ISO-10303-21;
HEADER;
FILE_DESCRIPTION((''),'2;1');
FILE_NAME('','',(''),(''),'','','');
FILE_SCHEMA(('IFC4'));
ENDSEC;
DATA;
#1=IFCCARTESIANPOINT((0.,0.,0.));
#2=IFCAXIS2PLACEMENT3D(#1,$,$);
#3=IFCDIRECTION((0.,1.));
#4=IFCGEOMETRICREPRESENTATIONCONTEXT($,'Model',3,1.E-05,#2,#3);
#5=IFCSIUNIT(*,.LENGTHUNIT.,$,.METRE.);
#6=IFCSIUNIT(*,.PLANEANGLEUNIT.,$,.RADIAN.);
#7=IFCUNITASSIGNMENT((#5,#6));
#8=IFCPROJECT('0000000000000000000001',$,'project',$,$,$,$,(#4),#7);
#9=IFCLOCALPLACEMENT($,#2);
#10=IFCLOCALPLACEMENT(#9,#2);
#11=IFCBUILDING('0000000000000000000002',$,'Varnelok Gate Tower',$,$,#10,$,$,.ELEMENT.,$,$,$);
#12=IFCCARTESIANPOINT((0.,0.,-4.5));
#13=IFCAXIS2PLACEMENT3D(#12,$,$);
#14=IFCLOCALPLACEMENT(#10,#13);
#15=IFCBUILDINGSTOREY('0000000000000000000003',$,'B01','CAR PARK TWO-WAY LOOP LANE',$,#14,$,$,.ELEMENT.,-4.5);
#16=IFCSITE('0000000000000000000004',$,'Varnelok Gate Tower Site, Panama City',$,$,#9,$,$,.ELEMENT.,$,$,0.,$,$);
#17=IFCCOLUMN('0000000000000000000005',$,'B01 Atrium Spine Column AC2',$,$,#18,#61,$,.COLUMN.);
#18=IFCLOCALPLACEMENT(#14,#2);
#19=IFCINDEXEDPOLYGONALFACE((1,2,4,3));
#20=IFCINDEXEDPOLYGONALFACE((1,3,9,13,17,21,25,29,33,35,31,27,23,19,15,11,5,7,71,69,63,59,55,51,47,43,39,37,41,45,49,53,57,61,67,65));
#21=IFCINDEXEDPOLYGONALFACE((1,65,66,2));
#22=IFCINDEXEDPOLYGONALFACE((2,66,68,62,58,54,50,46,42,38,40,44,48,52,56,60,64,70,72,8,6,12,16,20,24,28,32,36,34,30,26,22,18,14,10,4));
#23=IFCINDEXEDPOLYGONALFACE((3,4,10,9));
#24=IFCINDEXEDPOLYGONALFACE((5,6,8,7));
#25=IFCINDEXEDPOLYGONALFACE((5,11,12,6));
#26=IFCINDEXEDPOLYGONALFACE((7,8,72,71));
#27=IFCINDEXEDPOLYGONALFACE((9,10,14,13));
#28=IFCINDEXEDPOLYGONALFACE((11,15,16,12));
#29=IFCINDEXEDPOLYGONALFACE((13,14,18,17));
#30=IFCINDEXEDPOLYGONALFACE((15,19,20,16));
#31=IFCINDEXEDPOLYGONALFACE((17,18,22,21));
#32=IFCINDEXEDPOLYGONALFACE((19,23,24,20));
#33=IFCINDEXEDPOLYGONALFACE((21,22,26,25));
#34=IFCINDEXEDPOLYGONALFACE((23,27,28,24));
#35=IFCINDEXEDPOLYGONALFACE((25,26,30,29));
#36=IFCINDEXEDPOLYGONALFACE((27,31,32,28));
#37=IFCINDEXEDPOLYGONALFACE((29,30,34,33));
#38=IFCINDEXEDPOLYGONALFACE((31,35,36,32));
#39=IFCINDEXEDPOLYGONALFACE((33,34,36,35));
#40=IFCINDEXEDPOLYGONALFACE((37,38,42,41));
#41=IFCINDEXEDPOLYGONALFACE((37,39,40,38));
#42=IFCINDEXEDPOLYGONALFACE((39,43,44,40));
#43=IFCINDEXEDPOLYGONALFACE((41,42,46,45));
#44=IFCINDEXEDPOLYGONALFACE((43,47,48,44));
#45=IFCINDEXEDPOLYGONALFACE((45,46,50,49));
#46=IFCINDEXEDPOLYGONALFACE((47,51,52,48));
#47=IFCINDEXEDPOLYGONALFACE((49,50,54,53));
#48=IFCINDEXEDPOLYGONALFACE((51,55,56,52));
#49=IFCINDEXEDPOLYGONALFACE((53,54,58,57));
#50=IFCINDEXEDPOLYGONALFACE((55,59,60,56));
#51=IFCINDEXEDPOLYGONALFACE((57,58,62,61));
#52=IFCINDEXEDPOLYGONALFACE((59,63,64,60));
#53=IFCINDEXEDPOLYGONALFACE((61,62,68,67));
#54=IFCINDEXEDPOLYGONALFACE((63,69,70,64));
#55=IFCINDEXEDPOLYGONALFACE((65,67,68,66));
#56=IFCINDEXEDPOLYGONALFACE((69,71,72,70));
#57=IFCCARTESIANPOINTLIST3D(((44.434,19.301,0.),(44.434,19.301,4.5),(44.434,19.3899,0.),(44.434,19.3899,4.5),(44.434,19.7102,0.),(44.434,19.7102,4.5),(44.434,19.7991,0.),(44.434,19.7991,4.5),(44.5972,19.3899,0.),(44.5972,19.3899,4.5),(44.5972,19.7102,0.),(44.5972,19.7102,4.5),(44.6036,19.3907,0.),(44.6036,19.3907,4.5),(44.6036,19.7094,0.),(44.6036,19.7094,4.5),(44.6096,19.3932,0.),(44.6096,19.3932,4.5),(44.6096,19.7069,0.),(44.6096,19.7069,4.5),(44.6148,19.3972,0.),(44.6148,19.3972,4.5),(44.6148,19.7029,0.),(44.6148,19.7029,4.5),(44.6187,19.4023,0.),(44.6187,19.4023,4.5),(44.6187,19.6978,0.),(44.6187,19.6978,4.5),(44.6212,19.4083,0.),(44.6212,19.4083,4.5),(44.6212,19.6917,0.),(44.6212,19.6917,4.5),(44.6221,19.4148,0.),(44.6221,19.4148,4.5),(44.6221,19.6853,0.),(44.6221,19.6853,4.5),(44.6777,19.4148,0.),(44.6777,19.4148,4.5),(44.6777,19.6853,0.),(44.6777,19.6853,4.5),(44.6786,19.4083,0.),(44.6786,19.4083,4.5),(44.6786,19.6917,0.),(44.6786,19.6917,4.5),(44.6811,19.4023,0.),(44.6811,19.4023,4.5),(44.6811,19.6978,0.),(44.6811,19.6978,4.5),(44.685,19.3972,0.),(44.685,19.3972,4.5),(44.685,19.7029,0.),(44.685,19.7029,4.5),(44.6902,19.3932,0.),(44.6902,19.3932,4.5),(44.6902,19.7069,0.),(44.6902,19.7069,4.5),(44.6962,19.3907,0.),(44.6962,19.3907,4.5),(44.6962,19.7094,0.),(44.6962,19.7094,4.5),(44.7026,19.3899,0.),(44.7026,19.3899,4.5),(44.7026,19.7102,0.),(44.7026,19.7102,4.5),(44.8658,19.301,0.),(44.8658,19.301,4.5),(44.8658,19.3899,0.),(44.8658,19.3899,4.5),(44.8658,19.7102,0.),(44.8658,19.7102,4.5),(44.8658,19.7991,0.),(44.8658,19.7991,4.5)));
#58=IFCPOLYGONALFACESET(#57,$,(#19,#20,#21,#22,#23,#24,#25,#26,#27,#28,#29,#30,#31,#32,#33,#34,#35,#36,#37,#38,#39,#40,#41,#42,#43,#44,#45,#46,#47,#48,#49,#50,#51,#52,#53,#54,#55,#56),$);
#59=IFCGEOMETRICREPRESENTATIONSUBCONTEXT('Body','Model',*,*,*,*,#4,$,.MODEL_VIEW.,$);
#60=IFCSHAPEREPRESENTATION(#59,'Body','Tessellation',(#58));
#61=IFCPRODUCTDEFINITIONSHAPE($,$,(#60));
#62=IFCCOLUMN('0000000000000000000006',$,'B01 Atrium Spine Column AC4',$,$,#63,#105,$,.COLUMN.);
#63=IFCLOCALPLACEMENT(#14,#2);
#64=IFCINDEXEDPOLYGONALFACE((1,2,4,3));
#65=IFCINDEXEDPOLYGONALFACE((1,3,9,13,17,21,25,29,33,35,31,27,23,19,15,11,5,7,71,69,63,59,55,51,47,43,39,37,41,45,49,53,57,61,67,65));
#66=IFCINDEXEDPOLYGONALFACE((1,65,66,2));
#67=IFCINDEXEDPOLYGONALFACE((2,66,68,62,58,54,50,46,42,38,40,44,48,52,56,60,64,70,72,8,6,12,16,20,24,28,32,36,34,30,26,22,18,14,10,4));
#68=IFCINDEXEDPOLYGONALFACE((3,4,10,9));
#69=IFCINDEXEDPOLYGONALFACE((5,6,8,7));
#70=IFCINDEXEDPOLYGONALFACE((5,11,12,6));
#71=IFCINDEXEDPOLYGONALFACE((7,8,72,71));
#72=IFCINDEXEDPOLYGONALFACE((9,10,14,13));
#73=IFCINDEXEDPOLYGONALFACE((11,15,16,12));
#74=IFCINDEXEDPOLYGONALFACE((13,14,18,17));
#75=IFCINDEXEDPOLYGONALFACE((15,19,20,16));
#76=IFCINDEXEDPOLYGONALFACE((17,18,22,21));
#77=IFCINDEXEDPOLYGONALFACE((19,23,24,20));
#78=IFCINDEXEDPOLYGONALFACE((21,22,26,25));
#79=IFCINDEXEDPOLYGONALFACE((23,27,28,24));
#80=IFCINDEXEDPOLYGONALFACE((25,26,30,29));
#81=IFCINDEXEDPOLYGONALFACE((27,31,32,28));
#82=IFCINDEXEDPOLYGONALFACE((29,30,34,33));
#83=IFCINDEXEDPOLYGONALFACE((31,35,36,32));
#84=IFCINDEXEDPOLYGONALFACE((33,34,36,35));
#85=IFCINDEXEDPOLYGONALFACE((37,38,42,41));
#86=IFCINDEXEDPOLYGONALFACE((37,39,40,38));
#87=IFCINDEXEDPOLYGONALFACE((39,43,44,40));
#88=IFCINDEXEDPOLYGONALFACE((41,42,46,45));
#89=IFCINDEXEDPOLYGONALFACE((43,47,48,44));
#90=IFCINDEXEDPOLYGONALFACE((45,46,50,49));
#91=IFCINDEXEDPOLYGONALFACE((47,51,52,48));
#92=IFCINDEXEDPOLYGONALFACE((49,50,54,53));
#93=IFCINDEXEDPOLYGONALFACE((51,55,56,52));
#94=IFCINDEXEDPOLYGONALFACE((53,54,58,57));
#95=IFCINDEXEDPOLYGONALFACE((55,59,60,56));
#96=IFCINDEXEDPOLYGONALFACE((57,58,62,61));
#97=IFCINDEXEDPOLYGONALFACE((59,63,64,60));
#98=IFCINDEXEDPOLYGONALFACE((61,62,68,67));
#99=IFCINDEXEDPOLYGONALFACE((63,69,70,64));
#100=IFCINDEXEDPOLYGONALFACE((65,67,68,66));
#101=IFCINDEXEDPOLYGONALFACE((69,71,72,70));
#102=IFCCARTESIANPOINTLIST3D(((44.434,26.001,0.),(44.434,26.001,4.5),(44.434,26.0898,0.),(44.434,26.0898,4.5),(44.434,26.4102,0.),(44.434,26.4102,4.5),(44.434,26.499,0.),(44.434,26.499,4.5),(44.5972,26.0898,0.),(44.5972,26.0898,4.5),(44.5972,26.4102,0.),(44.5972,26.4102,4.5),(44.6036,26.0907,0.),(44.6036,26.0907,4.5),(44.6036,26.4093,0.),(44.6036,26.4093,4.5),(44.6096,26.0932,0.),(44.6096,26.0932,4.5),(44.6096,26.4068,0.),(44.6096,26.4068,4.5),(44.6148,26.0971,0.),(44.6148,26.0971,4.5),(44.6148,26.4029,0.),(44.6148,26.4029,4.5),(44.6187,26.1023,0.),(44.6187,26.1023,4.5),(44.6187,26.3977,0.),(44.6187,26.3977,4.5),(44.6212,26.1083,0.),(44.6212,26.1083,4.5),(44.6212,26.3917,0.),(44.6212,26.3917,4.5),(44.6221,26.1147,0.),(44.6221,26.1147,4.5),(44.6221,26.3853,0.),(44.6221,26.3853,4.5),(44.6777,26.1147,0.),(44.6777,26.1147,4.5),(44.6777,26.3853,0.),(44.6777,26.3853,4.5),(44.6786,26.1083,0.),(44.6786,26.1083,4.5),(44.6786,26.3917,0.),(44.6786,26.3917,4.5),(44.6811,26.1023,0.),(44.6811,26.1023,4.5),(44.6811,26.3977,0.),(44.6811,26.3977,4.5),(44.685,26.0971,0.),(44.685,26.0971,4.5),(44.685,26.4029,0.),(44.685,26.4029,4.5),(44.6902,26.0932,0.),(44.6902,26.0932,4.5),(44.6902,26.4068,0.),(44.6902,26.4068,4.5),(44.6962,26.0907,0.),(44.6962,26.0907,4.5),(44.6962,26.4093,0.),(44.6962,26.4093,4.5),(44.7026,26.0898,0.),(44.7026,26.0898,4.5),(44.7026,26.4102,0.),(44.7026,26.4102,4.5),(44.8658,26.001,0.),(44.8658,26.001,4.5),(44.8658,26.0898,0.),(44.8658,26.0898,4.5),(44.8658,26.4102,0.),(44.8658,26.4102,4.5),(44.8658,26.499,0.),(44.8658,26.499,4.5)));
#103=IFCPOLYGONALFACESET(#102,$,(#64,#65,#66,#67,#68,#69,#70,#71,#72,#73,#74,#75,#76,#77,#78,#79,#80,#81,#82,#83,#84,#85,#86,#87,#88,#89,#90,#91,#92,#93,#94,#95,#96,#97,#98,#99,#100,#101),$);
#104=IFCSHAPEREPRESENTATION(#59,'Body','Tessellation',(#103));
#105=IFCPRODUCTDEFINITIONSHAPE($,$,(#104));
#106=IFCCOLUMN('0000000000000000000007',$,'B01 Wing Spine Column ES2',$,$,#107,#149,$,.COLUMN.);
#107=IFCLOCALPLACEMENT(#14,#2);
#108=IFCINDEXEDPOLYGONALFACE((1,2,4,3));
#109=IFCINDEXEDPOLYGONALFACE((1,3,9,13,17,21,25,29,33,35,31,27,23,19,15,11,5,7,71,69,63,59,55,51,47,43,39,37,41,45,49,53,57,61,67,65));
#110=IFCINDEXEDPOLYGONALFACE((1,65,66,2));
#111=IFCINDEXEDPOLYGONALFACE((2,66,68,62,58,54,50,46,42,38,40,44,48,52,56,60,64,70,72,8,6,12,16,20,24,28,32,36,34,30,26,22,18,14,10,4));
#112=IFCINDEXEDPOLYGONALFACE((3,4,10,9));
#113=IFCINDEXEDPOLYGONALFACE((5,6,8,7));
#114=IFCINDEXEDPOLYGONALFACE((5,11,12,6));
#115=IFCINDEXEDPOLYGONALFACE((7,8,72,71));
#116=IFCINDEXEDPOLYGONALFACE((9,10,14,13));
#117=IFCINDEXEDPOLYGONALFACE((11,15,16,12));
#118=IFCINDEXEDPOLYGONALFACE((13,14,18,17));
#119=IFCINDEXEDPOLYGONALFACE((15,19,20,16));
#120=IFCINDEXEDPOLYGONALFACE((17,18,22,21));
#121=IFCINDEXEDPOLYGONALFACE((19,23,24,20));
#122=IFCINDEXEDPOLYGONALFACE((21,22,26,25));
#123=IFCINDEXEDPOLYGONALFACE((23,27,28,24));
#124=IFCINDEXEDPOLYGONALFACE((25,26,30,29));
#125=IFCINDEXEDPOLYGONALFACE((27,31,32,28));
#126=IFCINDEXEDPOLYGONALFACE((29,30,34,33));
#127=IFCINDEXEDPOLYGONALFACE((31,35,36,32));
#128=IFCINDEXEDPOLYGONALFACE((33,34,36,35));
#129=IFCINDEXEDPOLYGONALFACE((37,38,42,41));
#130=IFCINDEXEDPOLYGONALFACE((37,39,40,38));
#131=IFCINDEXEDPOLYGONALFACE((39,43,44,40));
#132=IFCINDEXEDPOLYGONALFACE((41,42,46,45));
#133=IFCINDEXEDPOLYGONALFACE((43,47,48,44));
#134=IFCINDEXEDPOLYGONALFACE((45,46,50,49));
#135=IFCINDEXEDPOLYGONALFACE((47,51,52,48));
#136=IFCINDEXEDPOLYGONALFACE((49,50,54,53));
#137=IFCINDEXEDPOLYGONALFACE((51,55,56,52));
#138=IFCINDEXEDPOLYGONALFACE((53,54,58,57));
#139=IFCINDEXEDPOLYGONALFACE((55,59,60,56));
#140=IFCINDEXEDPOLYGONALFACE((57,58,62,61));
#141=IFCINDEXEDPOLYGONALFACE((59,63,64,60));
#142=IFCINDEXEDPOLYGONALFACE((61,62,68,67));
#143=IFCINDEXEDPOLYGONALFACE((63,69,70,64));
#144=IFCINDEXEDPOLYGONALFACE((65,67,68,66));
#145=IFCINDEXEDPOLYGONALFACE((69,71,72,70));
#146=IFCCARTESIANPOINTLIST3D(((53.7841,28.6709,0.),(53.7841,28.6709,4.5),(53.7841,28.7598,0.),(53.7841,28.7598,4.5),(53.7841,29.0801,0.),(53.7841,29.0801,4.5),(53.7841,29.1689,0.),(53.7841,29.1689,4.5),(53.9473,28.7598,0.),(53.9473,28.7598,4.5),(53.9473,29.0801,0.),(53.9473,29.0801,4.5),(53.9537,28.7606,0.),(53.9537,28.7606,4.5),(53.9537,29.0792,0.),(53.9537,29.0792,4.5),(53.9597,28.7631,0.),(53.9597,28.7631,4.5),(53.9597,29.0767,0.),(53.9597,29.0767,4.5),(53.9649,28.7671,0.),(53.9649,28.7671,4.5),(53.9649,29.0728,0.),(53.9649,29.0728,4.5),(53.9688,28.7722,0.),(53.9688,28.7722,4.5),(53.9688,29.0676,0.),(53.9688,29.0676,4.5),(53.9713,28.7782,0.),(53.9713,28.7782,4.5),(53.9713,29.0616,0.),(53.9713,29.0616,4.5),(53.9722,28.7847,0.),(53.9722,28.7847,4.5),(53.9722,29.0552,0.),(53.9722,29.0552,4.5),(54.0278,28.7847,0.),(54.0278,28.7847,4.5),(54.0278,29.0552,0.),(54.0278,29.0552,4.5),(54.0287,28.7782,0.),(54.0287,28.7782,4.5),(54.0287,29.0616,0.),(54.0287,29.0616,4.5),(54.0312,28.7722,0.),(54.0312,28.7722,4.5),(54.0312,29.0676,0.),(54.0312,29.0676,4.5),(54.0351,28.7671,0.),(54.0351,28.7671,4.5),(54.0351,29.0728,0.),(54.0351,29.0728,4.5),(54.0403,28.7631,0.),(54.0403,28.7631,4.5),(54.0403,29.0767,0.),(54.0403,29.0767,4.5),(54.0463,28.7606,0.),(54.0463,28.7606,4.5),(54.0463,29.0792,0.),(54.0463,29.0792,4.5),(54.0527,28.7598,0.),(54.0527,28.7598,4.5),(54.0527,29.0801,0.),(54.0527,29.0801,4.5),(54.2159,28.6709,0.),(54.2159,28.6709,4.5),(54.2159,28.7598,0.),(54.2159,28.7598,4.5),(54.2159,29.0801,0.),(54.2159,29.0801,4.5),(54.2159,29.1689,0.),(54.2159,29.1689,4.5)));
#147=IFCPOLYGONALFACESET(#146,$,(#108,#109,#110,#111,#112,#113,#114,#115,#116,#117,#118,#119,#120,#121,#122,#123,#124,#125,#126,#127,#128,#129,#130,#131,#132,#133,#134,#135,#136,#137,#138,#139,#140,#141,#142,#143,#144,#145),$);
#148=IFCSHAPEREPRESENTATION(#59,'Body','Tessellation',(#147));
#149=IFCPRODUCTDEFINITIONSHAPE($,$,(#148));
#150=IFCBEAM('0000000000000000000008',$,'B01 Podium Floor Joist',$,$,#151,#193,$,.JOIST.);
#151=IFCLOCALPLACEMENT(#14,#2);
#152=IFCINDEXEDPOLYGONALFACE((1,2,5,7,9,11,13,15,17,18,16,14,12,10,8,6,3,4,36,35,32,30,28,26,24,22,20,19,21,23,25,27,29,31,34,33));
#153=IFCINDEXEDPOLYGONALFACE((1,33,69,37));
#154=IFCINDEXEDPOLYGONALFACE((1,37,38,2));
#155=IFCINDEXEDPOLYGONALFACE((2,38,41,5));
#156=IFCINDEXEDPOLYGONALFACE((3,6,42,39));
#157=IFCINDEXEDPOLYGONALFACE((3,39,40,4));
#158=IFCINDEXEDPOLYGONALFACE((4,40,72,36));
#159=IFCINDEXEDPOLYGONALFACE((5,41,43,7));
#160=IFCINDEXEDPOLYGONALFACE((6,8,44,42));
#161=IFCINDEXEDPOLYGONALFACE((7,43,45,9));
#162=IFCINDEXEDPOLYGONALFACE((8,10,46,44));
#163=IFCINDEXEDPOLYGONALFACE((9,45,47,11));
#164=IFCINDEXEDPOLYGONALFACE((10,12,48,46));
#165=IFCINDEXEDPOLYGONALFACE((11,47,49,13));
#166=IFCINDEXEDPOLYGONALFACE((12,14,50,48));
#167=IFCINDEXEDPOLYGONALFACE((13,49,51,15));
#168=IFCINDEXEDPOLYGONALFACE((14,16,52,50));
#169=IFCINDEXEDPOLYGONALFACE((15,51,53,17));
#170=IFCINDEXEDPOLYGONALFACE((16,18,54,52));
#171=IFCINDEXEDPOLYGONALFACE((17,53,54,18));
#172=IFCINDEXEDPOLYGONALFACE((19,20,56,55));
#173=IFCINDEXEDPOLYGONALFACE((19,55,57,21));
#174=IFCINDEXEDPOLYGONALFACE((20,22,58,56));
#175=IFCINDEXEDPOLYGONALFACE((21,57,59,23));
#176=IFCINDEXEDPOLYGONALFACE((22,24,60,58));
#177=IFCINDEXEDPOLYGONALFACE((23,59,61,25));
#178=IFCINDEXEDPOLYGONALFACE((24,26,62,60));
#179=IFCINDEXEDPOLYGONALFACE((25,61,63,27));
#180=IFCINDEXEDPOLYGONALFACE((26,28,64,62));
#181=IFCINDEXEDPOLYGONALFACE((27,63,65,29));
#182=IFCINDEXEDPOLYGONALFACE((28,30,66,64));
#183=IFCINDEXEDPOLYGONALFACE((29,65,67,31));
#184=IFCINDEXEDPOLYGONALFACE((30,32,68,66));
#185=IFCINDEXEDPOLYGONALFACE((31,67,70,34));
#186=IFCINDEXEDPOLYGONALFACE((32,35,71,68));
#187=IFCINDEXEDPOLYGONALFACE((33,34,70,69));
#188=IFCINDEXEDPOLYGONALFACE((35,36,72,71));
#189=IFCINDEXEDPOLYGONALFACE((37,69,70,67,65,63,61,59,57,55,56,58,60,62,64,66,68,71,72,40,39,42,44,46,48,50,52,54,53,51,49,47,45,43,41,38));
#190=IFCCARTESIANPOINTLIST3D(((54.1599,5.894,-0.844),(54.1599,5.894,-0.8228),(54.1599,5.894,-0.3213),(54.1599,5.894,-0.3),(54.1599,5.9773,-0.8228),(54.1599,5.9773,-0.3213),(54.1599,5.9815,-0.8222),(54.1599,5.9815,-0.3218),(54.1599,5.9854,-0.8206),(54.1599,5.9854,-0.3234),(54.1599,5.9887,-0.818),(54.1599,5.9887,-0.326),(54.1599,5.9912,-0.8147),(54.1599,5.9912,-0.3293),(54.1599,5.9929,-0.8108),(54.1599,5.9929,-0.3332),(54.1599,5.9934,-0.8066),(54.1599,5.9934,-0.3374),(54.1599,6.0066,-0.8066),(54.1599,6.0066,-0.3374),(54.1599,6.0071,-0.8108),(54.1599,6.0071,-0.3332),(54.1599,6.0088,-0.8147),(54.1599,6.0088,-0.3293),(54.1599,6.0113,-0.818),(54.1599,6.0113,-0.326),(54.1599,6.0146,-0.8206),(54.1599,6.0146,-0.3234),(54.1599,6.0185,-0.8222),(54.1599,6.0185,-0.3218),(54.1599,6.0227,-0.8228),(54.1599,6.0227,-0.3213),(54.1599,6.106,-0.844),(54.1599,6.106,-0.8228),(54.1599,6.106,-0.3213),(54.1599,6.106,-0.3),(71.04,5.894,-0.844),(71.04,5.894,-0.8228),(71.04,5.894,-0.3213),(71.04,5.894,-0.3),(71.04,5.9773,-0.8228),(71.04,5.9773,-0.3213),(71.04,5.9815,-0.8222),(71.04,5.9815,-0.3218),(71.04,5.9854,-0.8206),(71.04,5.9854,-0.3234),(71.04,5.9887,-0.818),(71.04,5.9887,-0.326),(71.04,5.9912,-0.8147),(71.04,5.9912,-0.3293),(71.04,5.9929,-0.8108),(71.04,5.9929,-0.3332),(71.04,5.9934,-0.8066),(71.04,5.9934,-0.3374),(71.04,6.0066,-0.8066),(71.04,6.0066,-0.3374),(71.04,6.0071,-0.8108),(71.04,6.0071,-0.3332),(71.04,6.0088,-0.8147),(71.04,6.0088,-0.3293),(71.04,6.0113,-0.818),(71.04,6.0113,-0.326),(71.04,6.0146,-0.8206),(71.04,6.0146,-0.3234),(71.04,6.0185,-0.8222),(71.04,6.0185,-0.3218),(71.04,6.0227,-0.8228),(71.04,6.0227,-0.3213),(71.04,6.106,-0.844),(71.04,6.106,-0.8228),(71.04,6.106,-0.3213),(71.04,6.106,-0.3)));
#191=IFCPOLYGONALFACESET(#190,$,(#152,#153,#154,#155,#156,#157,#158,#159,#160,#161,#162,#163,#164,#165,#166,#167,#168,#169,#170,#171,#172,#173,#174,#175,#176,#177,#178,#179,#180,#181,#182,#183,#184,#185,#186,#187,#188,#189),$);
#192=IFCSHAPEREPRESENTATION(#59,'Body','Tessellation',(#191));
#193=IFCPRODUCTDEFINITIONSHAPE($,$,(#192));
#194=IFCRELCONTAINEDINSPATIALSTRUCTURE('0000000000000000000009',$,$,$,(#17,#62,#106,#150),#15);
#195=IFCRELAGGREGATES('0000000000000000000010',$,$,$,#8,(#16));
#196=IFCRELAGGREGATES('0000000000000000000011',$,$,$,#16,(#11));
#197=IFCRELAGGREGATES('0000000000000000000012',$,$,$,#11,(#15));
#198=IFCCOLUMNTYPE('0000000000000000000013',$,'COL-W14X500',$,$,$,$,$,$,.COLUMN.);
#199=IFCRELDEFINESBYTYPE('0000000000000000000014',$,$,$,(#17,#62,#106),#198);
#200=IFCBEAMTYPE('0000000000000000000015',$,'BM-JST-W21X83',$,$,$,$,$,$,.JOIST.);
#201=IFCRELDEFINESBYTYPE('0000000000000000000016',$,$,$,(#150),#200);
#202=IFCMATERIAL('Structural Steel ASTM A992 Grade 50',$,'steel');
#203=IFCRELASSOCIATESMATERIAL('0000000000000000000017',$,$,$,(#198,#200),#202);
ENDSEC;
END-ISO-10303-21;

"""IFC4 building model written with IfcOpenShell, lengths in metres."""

from ifc_helpers import new_model, si_unit, direction, frame, origin, origin_2d, place, context, subcontext, project, spatial, i_section, extrude, material, material_profile, profile_set, type_object, element, save


model = new_model("IFC4")

# Units and contexts
model_context = context("Model", 3, precision=1e-05, world=origin(), true_north=direction((0.0, 1.0)))
body_context = subcontext(model_context, "Body", "Model", "MODEL_VIEW")
ifc_project = project(units=[si_unit("LENGTHUNIT", "METRE"), si_unit("PLANEANGLEUNIT", "RADIAN")], contexts=[model_context])

# Site, building, storey
site_placement = place(None, origin())
site = spatial("IfcSite", under=ifc_project, at=site_placement, Name="Varnelok Gate Tower Site, Panama City", CompositionType="ELEMENT", RefElevation=0.0)
building_placement = place(site_placement, origin())
building = spatial("IfcBuilding", under=site, at=building_placement, Name="Varnelok Gate Tower", CompositionType="ELEMENT")
storey_placement = place(building_placement, frame((0.0, 0.0, -4.5)))
storey = spatial("IfcBuildingStorey", under=building, at=storey_placement, Name="B01", Description="CAR PARK TWO-WAY LOOP LANE", CompositionType="ELEMENT", Elevation=-4.5)

# Columns
ifc_material_1 = material(Name="Structural Steel ASTM A992 Grade 50", Category="steel")
ifc_material_profile_1 = material_profile(ifc_material_1, i_section(OverallWidth=0.4319, OverallDepth=0.498, WebThickness=0.0557, FlangeThickness=0.0889, FilletRadius=0.0249, at=origin_2d()), Name="W14X500")
ifc_profile_set_1 = profile_set([ifc_material_profile_1], Name="Structural Steel ASTM A992 Grade 50")
column_type_1 = type_object("IfcColumnType", Name="COL-W14X500", PredefinedType="COLUMN", material=ifc_profile_set_1)
for number, where, z_axis, x_axis, name in (
    (1, (44.6499, 19.55, 0.0), (0.0, 0.0, 1.0), (1.0, 0.0, 0.0), "B01 Atrium Spine Column AC2"),
    (2, (44.6499, 26.25, 0.0), (0.0, 0.0, 1.0), (1.0, 0.0, 0.0), "B01 Atrium Spine Column AC4"),
    (3, (54.0, 28.9199, 0.0), (0.0, 0.0, 1.0), (1.0, 0.0, 0.0), "B01 Wing Spine Column ES2"),
):
    element("IfcColumn", number, at=place(storey_placement, frame(where, z_axis=z_axis, x_axis=x_axis)), inside=storey, type_object=column_type_1, Name=name, PredefinedType="COLUMN", context=body_context, shape_type="SweptSolid", body=[
        extrude(i_section(OverallWidth=0.4319, OverallDepth=0.498, WebThickness=0.0557, FlangeThickness=0.0889, FilletRadius=0.0249, at=origin_2d()), origin(), (0.0, 0.0, 1.0), 4.5),
    ])

# Beam
ifc_material_profile_2 = material_profile(ifc_material_1, i_section(OverallWidth=0.2119, OverallDepth=0.5439, WebThickness=0.0132, FlangeThickness=0.0212, FilletRadius=0.0161, at=origin_2d()), Name="W21X83")
ifc_profile_set_2 = profile_set([ifc_material_profile_2], Name="Structural Steel ASTM A992 Grade 50")
beam_type_1 = type_object("IfcBeamType", Name="BM-JST-W21X83", PredefinedType="JOIST", material=ifc_profile_set_2)
for number, where, z_axis, x_axis, name in (
    (4, (54.1599, 6.0, -0.572), (1.0, 0.0, 0.0), (0.0, 1.0, 0.0), "B01 Podium Floor Joist"),
):
    element("IfcBeam", number, at=place(storey_placement, frame(where, z_axis=z_axis, x_axis=x_axis)), inside=storey, type_object=beam_type_1, Name=name, PredefinedType="JOIST", context=body_context, shape_type="SweptSolid", body=[
        extrude(i_section(OverallWidth=0.2119, OverallDepth=0.5439, WebThickness=0.0132, FlangeThickness=0.0212, FilletRadius=0.0161, at=origin_2d()), origin(), (0.0, 0.0, 1.0), 16.8801),
    ])

save(model, "model.ifc")
